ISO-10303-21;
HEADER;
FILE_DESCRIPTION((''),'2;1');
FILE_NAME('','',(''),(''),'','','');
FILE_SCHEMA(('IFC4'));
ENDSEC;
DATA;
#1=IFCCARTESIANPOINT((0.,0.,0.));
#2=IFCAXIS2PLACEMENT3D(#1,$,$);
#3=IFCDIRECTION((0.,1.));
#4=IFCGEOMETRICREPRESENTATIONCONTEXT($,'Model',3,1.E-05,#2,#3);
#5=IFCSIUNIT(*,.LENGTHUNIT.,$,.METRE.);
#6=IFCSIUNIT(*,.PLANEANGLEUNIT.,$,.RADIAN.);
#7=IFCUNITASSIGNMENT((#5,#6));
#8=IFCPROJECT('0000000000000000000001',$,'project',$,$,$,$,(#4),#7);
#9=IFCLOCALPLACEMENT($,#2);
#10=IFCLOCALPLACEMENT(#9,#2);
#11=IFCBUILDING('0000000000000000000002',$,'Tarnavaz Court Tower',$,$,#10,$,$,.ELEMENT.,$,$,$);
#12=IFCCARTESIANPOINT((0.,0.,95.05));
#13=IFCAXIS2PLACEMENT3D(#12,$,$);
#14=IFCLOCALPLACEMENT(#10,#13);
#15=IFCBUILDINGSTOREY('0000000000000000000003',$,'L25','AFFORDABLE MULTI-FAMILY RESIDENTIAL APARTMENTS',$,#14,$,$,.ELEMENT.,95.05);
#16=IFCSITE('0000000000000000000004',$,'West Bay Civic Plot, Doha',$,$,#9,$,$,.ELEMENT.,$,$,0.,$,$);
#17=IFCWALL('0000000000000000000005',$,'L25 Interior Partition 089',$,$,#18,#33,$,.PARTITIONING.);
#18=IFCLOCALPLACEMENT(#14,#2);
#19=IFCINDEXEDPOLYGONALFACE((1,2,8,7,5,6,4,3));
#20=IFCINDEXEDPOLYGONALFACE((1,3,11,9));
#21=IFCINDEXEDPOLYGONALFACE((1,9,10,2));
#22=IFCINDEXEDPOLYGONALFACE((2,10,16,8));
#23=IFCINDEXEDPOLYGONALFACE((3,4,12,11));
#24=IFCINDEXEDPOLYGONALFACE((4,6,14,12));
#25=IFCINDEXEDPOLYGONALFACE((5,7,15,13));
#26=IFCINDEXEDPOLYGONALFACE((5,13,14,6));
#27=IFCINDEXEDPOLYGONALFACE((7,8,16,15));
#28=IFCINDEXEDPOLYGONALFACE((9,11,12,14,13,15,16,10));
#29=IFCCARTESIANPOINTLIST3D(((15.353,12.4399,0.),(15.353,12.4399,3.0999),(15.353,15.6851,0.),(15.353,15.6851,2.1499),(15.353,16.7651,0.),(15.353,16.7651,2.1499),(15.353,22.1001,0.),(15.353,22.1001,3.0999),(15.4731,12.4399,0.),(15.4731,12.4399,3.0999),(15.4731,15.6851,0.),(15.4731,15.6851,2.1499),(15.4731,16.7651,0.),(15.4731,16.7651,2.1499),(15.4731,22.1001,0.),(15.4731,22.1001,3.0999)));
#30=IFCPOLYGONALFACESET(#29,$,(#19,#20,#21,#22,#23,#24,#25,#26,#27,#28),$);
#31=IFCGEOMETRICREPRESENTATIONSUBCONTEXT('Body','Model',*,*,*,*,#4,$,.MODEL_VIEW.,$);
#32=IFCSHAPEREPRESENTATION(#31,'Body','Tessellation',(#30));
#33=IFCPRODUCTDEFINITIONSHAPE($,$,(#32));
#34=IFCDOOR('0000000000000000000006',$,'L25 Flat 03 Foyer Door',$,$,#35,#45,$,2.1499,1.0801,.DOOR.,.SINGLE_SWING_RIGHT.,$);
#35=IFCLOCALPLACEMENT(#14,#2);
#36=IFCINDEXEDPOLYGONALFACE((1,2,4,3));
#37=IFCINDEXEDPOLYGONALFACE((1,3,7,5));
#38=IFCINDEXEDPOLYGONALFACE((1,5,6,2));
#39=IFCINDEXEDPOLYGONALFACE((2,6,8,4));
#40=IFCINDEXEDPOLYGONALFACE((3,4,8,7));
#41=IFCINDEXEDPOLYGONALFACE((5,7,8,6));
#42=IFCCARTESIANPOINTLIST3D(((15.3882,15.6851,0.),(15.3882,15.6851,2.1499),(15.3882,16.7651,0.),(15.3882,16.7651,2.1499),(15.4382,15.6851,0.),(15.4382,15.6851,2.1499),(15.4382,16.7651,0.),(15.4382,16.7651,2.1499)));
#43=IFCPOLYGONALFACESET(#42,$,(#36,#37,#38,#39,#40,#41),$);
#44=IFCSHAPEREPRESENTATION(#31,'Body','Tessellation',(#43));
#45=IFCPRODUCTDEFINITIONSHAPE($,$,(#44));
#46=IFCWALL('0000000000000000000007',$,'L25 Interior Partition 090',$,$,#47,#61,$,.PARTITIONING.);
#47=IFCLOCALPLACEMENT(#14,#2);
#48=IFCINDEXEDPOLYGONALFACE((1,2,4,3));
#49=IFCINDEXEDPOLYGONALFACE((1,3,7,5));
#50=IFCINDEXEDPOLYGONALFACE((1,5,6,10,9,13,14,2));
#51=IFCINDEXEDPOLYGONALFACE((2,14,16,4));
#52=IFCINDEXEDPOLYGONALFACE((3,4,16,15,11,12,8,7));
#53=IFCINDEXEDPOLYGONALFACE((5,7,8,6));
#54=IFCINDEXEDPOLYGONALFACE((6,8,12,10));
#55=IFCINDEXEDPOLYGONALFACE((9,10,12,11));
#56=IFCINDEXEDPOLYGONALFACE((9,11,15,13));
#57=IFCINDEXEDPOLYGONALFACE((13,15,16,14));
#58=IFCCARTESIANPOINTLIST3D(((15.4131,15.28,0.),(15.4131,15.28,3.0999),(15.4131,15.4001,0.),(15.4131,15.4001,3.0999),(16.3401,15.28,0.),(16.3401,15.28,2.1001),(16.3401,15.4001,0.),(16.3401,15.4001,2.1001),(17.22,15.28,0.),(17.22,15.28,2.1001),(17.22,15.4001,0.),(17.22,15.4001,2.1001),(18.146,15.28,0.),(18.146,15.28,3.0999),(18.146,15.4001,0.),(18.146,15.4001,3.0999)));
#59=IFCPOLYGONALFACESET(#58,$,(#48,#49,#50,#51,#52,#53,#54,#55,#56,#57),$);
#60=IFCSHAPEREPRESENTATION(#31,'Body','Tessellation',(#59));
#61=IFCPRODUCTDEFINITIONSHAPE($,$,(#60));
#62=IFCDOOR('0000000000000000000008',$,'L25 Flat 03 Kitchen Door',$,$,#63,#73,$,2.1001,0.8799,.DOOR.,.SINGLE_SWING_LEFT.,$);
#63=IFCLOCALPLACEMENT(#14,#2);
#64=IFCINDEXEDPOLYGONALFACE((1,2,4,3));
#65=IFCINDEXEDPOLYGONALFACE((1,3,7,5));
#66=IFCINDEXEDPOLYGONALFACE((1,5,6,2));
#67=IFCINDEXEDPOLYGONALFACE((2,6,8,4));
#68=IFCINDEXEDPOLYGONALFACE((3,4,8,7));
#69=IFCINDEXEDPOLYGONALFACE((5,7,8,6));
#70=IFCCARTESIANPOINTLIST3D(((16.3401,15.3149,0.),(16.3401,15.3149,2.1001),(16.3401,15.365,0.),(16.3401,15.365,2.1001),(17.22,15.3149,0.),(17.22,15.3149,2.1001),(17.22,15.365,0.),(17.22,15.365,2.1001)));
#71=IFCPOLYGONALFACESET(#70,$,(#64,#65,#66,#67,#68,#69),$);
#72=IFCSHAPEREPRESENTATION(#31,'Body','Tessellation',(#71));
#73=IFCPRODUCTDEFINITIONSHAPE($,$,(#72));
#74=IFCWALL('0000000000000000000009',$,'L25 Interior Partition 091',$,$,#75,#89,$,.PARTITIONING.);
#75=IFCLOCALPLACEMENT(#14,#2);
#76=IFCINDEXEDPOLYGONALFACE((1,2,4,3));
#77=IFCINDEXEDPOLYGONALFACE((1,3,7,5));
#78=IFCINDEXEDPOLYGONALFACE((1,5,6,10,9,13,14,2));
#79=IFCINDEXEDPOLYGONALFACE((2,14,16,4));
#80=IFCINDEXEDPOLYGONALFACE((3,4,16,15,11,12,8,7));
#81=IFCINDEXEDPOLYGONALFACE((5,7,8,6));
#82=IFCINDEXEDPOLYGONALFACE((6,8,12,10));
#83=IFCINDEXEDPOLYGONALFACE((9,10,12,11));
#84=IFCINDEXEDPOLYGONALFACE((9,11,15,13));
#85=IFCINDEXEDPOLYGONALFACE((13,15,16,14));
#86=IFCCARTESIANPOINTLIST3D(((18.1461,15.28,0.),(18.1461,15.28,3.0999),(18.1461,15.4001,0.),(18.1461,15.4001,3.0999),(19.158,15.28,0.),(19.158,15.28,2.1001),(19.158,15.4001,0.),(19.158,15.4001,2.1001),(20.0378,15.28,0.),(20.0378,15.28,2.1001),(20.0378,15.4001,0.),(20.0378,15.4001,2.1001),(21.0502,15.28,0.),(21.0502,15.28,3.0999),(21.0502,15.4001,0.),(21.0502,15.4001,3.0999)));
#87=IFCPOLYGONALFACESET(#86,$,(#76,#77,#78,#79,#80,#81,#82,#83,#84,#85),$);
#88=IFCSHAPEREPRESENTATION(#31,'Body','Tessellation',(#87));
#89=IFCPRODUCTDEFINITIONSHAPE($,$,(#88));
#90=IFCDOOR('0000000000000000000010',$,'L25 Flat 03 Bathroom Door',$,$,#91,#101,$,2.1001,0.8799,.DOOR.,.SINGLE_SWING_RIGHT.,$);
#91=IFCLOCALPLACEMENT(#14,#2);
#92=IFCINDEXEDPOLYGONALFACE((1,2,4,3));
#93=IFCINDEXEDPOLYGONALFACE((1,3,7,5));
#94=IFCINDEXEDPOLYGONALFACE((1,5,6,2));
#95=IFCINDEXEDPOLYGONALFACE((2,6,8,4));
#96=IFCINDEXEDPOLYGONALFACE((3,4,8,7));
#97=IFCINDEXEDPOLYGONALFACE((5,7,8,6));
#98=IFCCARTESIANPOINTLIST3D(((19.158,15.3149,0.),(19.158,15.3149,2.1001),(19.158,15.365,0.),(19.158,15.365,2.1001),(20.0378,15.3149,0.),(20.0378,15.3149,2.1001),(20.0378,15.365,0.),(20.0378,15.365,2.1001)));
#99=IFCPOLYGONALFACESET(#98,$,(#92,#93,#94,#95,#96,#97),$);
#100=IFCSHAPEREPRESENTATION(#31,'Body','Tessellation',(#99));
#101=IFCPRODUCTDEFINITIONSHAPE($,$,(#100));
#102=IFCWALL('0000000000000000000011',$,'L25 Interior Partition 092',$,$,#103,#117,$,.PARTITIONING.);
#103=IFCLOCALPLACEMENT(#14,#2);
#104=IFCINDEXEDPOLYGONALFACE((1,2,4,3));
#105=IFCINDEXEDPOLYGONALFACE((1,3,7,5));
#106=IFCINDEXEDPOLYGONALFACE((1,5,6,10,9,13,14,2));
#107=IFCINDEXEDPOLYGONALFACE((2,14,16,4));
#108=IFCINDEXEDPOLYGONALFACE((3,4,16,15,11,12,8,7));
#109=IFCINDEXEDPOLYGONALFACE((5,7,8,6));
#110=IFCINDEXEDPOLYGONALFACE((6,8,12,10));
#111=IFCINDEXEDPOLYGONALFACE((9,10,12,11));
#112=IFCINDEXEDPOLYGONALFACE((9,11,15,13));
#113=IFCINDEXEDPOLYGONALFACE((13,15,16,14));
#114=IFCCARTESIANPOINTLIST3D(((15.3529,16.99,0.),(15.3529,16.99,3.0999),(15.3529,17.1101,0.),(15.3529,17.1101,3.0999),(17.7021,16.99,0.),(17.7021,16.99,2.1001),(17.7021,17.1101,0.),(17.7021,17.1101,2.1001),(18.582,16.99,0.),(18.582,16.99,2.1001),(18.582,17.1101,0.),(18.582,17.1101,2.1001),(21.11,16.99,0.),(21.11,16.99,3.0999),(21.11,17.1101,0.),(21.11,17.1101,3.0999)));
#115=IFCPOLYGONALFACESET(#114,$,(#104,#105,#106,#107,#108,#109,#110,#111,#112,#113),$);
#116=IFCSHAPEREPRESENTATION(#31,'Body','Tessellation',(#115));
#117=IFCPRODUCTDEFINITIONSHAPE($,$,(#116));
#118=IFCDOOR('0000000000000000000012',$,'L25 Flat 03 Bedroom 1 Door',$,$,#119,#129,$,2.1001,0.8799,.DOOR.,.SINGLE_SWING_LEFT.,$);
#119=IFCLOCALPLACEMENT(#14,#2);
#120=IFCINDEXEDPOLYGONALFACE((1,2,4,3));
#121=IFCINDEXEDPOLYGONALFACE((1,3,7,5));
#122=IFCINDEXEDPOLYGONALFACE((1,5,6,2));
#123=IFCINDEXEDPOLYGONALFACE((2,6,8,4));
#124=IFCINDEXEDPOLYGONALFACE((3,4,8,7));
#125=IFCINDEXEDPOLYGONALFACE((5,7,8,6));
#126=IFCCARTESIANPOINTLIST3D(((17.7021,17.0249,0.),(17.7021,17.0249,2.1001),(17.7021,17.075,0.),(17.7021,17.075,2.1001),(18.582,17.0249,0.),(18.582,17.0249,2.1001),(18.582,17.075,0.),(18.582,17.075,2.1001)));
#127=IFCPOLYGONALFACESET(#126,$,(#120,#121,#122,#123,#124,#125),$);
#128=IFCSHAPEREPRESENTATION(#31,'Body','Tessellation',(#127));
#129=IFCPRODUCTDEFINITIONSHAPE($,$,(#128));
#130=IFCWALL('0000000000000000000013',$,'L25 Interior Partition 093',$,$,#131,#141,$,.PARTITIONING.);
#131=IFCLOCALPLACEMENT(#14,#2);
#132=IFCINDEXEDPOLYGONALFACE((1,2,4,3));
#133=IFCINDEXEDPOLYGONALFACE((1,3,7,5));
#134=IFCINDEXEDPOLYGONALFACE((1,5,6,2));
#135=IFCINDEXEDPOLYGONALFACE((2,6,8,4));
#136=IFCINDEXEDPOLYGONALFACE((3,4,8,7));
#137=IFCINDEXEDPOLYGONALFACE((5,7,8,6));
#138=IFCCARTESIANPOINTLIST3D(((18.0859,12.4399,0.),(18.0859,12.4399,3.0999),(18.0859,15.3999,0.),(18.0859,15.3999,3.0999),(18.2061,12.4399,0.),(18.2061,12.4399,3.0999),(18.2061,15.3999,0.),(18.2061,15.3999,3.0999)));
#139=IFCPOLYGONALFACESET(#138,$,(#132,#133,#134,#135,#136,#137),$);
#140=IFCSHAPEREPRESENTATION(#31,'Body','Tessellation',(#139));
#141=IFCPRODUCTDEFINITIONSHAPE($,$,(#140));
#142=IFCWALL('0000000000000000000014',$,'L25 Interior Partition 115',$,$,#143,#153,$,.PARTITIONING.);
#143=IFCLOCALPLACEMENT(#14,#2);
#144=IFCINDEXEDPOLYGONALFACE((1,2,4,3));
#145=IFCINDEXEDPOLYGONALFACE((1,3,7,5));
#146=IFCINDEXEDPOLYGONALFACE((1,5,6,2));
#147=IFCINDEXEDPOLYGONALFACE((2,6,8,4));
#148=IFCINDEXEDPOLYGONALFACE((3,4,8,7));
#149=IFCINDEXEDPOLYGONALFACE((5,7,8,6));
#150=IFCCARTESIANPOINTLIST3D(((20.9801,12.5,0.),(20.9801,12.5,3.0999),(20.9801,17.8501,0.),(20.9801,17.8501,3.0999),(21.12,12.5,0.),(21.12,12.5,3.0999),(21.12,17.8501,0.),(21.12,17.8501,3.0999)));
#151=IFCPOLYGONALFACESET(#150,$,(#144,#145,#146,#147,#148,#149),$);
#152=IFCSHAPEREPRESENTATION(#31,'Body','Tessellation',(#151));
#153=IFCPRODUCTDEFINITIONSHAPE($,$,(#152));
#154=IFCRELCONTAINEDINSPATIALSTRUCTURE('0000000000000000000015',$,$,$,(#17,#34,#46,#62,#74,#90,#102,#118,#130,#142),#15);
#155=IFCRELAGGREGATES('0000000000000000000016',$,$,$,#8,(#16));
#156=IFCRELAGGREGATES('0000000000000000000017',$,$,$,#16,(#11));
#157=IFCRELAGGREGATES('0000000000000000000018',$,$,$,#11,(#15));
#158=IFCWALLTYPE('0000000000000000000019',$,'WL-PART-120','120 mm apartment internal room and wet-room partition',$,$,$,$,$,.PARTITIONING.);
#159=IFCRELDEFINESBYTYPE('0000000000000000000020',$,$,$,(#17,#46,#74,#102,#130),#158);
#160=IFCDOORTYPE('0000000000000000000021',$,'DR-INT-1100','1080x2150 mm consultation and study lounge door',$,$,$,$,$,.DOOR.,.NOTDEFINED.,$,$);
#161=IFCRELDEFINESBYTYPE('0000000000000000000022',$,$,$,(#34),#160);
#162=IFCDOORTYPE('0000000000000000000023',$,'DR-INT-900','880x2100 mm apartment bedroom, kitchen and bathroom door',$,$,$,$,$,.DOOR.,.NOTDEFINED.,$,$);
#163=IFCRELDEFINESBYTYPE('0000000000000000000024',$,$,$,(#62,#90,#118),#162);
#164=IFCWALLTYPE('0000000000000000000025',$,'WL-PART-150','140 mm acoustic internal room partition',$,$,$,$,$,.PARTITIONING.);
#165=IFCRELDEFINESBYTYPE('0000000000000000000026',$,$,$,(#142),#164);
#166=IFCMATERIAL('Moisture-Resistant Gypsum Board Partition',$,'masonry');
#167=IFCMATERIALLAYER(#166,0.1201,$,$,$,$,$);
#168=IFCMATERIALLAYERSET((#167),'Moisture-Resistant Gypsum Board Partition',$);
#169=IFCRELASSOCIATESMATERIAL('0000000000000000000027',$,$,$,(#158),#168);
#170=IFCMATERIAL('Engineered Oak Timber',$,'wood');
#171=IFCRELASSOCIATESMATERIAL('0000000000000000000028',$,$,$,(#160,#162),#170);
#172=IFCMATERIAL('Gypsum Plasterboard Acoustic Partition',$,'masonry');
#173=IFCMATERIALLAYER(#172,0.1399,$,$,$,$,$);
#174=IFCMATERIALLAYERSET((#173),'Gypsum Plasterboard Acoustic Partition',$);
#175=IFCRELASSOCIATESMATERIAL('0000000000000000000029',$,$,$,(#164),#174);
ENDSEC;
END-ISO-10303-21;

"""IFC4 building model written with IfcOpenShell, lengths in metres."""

from ifc_helpers import new_model, si_unit, direction, frame, frame_2d, origin, place, context, subcontext, project, spatial, rectangle, extrude, material, layer, layer_set, type_object, element, fill, save


model = new_model("IFC4")

# Units and contexts
model_context = context("Model", 3, precision=1e-05, world=origin(), true_north=direction((0.0, 1.0)))
body_context = subcontext(model_context, "Body", "Model", "MODEL_VIEW")
ifc_project = project(units=[si_unit("LENGTHUNIT", "METRE"), si_unit("PLANEANGLEUNIT", "RADIAN")], contexts=[model_context])

# Site, building, storey
site_placement = place(None, origin())
site = spatial("IfcSite", under=ifc_project, at=site_placement, Name="West Bay Civic Plot, Doha", CompositionType="ELEMENT", RefElevation=0.0)
building_placement = place(site_placement, origin())
building = spatial("IfcBuilding", under=site, at=building_placement, Name="Tarnavaz Court Tower", CompositionType="ELEMENT")
storey_placement = place(building_placement, frame((0.0, 0.0, 95.05)))
storey = spatial("IfcBuildingStorey", under=building, at=storey_placement, Name="L25", Description="AFFORDABLE MULTI-FAMILY RESIDENTIAL APARTMENTS", CompositionType="ELEMENT", Elevation=95.05)

# Walls, openings, doors
ifc_material_1 = material(Name="Engineered Oak Timber", Category="wood")
ifc_material_2 = material(Name="Moisture-Resistant Gypsum Board Partition", Category="masonry")
ifc_layer_1 = layer(ifc_material_2, 0.1201)
ifc_layer_set_1 = layer_set([ifc_layer_1], Name="Moisture-Resistant Gypsum Board Partition")
wall_type_1 = type_object("IfcWallType", Name="WL-PART-120", Description="120 mm apartment internal room and wet-room partition", PredefinedType="PARTITIONING", material=ifc_layer_set_1)
wall_1_placement = place(storey_placement, frame((15.4131, 12.4399, 0.0), z_axis=(0.0, 0.0, 1.0), x_axis=(0.0, 1.0, 0.0)))
wall_1 = element("IfcWall", 1, at=wall_1_placement, inside=storey, type_object=wall_type_1, Name="L25 Interior Partition 089", PredefinedType="PARTITIONING", context=body_context, shape_type="SweptSolid", body=[
    extrude(rectangle(XDim=9.6602, YDim=0.1201, at=frame_2d((4.8301, 0.0))), origin(), (0.0, 0.0, 1.0), 3.0999),
])
opening_1_placement = place(wall_1_placement, frame((3.2451, 0.0, 0.0)))
opening_1 = element("IfcOpeningElement", 2, at=opening_1_placement, cuts=wall_1, PredefinedType="OPENING", context=body_context, shape_type="SweptSolid", body=[
    extrude(rectangle(XDim=1.0801, YDim=2.1499, at=frame_2d((0.54, 1.075))), frame((0.0, 0.0701, 0.0), z_axis=(0.0, -1.0, 0.0), x_axis=(1.0, 0.0, 0.0)), (0.0, 0.0, 1.0), 0.1401),
])
door_type_1 = type_object("IfcDoorType", Name="DR-INT-1100", Description="1080x2150 mm consultation and study lounge door", OperationType="NOTDEFINED", PredefinedType="DOOR", material=ifc_material_1)
door_1_placement = place(opening_1_placement, origin())
door_1 = element("IfcDoor", 3, at=door_1_placement, inside=storey, type_object=door_type_1, Name="L25 Flat 03 Foyer Door", OperationType="SINGLE_SWING_RIGHT", OverallHeight=2.1499, OverallWidth=1.0801, PredefinedType="DOOR", context=body_context, shape_type="SweptSolid", body=[
    extrude(rectangle(XDim=1.0801, YDim=2.1499, at=frame_2d((0.54, 1.075))), frame((0.0, 0.0249, 0.0), z_axis=(0.0, -1.0, 0.0), x_axis=(1.0, 0.0, 0.0)), (0.0, 0.0, 1.0), 0.05),
])
fill(opening_1, door_1)
wall_2_placement = place(storey_placement, frame((15.4131, 15.3401, 0.0), z_axis=(0.0, 0.0, 1.0), x_axis=(1.0, 0.0, 0.0)))
wall_2 = element("IfcWall", 4, at=wall_2_placement, inside=storey, type_object=wall_type_1, Name="L25 Interior Partition 090", PredefinedType="PARTITIONING", context=body_context, shape_type="SweptSolid", body=[
    extrude(rectangle(XDim=2.7329, YDim=0.1201, at=frame_2d((1.3665, 0.0))), origin(), (0.0, 0.0, 1.0), 3.0999),
])
opening_2_placement = place(wall_2_placement, frame((0.927, 0.0, 0.0)))
opening_2 = element("IfcOpeningElement", 5, at=opening_2_placement, cuts=wall_2, PredefinedType="OPENING", context=body_context, shape_type="SweptSolid", body=[
    extrude(rectangle(XDim=0.8799, YDim=2.1001, at=frame_2d((0.4399, 1.05))), frame((0.0, 0.0701, 0.0), z_axis=(0.0, -1.0, 0.0), x_axis=(1.0, 0.0, 0.0)), (0.0, 0.0, 1.0), 0.1401),
])
door_type_2 = type_object("IfcDoorType", Name="DR-INT-900", Description="880x2100 mm apartment bedroom, kitchen and bathroom door", OperationType="NOTDEFINED", PredefinedType="DOOR", material=ifc_material_1)
door_2_placement = place(opening_2_placement, origin())
door_2 = element("IfcDoor", 6, at=door_2_placement, inside=storey, type_object=door_type_2, Name="L25 Flat 03 Kitchen Door", OperationType="SINGLE_SWING_LEFT", OverallHeight=2.1001, OverallWidth=0.8799, PredefinedType="DOOR", context=body_context, shape_type="SweptSolid", body=[
    extrude(rectangle(XDim=0.8799, YDim=2.1001, at=frame_2d((0.4399, 1.05))), frame((0.0, 0.0249, 0.0), z_axis=(0.0, -1.0, 0.0), x_axis=(1.0, 0.0, 0.0)), (0.0, 0.0, 1.0), 0.05),
])
fill(opening_2, door_2)
wall_3_placement = place(storey_placement, frame((18.146, 15.3401, 0.0), z_axis=(0.0, 0.0, 1.0), x_axis=(1.0, 0.0, 0.0)))
wall_3 = element("IfcWall", 7, at=wall_3_placement, inside=storey, type_object=wall_type_1, Name="L25 Interior Partition 091", PredefinedType="PARTITIONING", context=body_context, shape_type="SweptSolid", body=[
    extrude(rectangle(XDim=2.9041, YDim=0.1201, at=frame_2d((1.4521, 0.0))), origin(), (0.0, 0.0, 1.0), 3.0999),
])
opening_3_placement = place(wall_3_placement, frame((1.012, 0.0, 0.0)))
opening_3 = element("IfcOpeningElement", 8, at=opening_3_placement, cuts=wall_3, PredefinedType="OPENING", context=body_context, shape_type="SweptSolid", body=[
    extrude(rectangle(XDim=0.8799, YDim=2.1001, at=frame_2d((0.4399, 1.05))), frame((0.0, 0.0701, 0.0), z_axis=(0.0, -1.0, 0.0), x_axis=(1.0, 0.0, 0.0)), (0.0, 0.0, 1.0), 0.1401),
])
door_3_placement = place(opening_3_placement, origin())
door_3 = element("IfcDoor", 9, at=door_3_placement, inside=storey, type_object=door_type_2, Name="L25 Flat 03 Bathroom Door", OperationType="SINGLE_SWING_RIGHT", OverallHeight=2.1001, OverallWidth=0.8799, PredefinedType="DOOR", context=body_context, shape_type="SweptSolid", body=[
    extrude(rectangle(XDim=0.8799, YDim=2.1001, at=frame_2d((0.4399, 1.05))), frame((0.0, 0.0249, 0.0), z_axis=(0.0, -1.0, 0.0), x_axis=(1.0, 0.0, 0.0)), (0.0, 0.0, 1.0), 0.05),
])
fill(opening_3, door_3)
wall_4_placement = place(storey_placement, frame((15.353, 17.05, 0.0), z_axis=(0.0, 0.0, 1.0), x_axis=(1.0, 0.0, 0.0)))
wall_4 = element("IfcWall", 10, at=wall_4_placement, inside=storey, type_object=wall_type_1, Name="L25 Interior Partition 092", PredefinedType="PARTITIONING", context=body_context, shape_type="SweptSolid", body=[
    extrude(rectangle(XDim=5.7571, YDim=0.1201, at=frame_2d((2.8784, 0.0))), origin(), (0.0, 0.0, 1.0), 3.0999),
])
opening_4_placement = place(wall_4_placement, frame((2.3491, 0.0, 0.0)))
opening_4 = element("IfcOpeningElement", 11, at=opening_4_placement, cuts=wall_4, PredefinedType="OPENING", context=body_context, shape_type="SweptSolid", body=[
    extrude(rectangle(XDim=0.8799, YDim=2.1001, at=frame_2d((0.4399, 1.05))), frame((0.0, 0.0701, 0.0), z_axis=(0.0, -1.0, 0.0), x_axis=(1.0, 0.0, 0.0)), (0.0, 0.0, 1.0), 0.1401),
])
door_4_placement = place(opening_4_placement, origin())
door_4 = element("IfcDoor", 12, at=door_4_placement, inside=storey, type_object=door_type_2, Name="L25 Flat 03 Bedroom 1 Door", OperationType="SINGLE_SWING_LEFT", OverallHeight=2.1001, OverallWidth=0.8799, PredefinedType="DOOR", context=body_context, shape_type="SweptSolid", body=[
    extrude(rectangle(XDim=0.8799, YDim=2.1001, at=frame_2d((0.4399, 1.05))), frame((0.0, 0.0249, 0.0), z_axis=(0.0, -1.0, 0.0), x_axis=(1.0, 0.0, 0.0)), (0.0, 0.0, 1.0), 0.05),
])
fill(opening_4, door_4)

# Walls
wall_5_placement = place(storey_placement, frame((18.146, 12.4399, 0.0), z_axis=(0.0, 0.0, 1.0), x_axis=(0.0, 1.0, 0.0)))
element("IfcWall", 13, at=wall_5_placement, inside=storey, type_object=wall_type_1, Name="L25 Interior Partition 093", PredefinedType="PARTITIONING", context=body_context, shape_type="SweptSolid", body=[
    extrude(rectangle(XDim=2.96, YDim=0.1201, at=frame_2d((1.48, 0.0))), origin(), (0.0, 0.0, 1.0), 3.0999),
])
ifc_material_3 = material(Name="Gypsum Plasterboard Acoustic Partition", Category="masonry")
ifc_layer_2 = layer(ifc_material_3, 0.1399)
ifc_layer_set_2 = layer_set([ifc_layer_2], Name="Gypsum Plasterboard Acoustic Partition")
wall_type_2 = type_object("IfcWallType", Name="WL-PART-150", Description="140 mm acoustic internal room partition", PredefinedType="PARTITIONING", material=ifc_layer_set_2)
wall_6_placement = place(storey_placement, frame((21.05, 12.5, 0.0), z_axis=(0.0, 0.0, 1.0), x_axis=(0.0, 1.0, 0.0)))
element("IfcWall", 14, at=wall_6_placement, inside=storey, type_object=wall_type_2, Name="L25 Interior Partition 115", PredefinedType="PARTITIONING", context=body_context, shape_type="SweptSolid", body=[
    extrude(rectangle(XDim=5.3501, YDim=0.1399, at=frame_2d((2.675, 0.0))), origin(), (0.0, 0.0, 1.0), 3.0999),
])

save(model, "model.ifc")
